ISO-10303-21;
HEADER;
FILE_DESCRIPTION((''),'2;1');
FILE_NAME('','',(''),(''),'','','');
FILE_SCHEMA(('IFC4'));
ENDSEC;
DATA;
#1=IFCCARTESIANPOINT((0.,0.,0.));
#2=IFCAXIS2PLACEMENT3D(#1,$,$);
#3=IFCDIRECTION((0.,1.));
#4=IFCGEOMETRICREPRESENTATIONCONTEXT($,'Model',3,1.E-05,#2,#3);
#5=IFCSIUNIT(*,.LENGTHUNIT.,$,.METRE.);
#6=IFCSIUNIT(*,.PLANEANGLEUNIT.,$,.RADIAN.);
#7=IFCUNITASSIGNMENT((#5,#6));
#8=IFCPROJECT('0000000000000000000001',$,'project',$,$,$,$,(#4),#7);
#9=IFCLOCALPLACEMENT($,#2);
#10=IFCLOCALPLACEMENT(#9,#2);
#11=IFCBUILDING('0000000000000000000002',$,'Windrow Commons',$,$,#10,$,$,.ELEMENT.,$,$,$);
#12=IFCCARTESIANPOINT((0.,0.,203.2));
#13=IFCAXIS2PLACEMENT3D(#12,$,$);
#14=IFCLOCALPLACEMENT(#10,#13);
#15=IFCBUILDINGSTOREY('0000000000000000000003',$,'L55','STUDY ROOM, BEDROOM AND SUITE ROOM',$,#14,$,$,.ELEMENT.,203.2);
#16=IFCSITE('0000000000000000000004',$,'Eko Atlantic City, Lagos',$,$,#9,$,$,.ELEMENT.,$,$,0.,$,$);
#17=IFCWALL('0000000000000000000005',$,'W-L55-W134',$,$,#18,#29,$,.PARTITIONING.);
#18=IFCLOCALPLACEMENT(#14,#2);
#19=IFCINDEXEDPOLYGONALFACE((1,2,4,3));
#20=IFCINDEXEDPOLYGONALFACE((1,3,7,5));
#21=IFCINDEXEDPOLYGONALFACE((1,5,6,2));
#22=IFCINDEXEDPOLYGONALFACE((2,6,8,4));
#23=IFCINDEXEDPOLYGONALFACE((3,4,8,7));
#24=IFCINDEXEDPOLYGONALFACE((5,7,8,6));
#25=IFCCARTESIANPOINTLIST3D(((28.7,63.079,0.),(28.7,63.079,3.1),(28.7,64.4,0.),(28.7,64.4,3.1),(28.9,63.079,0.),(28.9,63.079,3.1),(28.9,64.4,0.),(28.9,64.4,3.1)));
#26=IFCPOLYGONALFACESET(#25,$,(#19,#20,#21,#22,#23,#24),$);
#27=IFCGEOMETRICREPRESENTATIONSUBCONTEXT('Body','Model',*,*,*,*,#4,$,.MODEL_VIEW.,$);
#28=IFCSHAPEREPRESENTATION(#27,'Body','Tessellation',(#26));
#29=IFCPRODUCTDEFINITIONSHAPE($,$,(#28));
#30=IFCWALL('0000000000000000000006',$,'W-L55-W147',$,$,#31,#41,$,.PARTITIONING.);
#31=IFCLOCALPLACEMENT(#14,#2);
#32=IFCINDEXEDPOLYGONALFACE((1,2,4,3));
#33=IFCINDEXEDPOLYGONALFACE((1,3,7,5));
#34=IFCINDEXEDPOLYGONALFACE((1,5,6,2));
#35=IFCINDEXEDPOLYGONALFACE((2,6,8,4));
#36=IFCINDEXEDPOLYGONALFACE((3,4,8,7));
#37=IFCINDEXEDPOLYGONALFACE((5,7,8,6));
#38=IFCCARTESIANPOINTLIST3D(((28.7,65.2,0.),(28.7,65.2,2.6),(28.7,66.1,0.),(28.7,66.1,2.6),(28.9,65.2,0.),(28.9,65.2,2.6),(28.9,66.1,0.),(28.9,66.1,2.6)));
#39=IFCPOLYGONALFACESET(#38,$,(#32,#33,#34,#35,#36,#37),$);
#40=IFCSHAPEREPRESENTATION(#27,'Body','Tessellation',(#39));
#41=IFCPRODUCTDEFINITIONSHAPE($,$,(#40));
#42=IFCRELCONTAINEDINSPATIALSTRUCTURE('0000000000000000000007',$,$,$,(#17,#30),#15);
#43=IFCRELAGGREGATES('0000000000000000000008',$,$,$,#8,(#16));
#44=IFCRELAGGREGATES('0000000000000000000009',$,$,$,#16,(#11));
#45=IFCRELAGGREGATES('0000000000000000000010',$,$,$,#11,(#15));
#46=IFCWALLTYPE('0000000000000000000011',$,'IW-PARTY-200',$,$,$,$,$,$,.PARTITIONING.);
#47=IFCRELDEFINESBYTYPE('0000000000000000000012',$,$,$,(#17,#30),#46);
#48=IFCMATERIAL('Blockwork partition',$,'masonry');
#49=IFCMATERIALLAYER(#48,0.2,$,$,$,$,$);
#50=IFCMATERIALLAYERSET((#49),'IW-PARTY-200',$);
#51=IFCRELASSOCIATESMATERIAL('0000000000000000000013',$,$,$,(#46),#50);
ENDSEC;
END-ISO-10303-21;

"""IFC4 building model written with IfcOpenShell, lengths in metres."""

from ifc_helpers import new_model, si_unit, direction, frame, frame_2d, origin, place, context, subcontext, project, spatial, rectangle, extrude, material, layer, layer_set, type_object, element, save


model = new_model("IFC4")

# Units and contexts
model_context = context("Model", 3, precision=1e-05, world=origin(), true_north=direction((0.0, 1.0)))
body_context = subcontext(model_context, "Body", "Model", "MODEL_VIEW")
ifc_project = project(units=[si_unit("LENGTHUNIT", "METRE"), si_unit("PLANEANGLEUNIT", "RADIAN")], contexts=[model_context])

# Site, building, storey
site_placement = place(None, origin())
site = spatial("IfcSite", under=ifc_project, at=site_placement, Name="Eko Atlantic City, Lagos", CompositionType="ELEMENT", RefElevation=0.0)
building_placement = place(site_placement, origin())
building = spatial("IfcBuilding", under=site, at=building_placement, Name="Windrow Commons", CompositionType="ELEMENT")
storey_placement = place(building_placement, frame((0.0, 0.0, 203.2)))
storey = spatial("IfcBuildingStorey", under=building, at=storey_placement, Name="L55", Description="STUDY ROOM, BEDROOM AND SUITE ROOM", CompositionType="ELEMENT", Elevation=203.2)

# Walls
ifc_material_1 = material(Name="Blockwork partition", Category="masonry")
ifc_layer_1 = layer(ifc_material_1, 0.2)
ifc_layer_set_1 = layer_set([ifc_layer_1], Name="IW-PARTY-200")
wall_type_1 = type_object("IfcWallType", Name="IW-PARTY-200", PredefinedType="PARTITIONING", material=ifc_layer_set_1)
wall_1_placement = place(storey_placement, frame((28.8, 63.079, 0.0), z_axis=(0.0, 0.0, 1.0), x_axis=(0.0, 1.0, 0.0)))
element("IfcWall", 1, at=wall_1_placement, inside=storey, type_object=wall_type_1, Name="W-L55-W134", PredefinedType="PARTITIONING", context=body_context, shape_type="SweptSolid", body=[
    extrude(rectangle(XDim=1.321, YDim=0.2, at=frame_2d((0.6605, 0.0))), origin(), (0.0, 0.0, 1.0), 3.1),
])
wall_2_placement = place(storey_placement, frame((28.8, 65.2, 0.0), z_axis=(0.0, 0.0, 1.0), x_axis=(0.0, 1.0, 0.0)))
element("IfcWall", 2, at=wall_2_placement, inside=storey, type_object=wall_type_1, Name="W-L55-W147", PredefinedType="PARTITIONING", context=body_context, shape_type="SweptSolid", body=[
    extrude(rectangle(XDim=0.9, YDim=0.2, at=frame_2d((0.45, 0.0))), origin(), (0.0, 0.0, 1.0), 2.6),
])

save(model, "model.ifc")
